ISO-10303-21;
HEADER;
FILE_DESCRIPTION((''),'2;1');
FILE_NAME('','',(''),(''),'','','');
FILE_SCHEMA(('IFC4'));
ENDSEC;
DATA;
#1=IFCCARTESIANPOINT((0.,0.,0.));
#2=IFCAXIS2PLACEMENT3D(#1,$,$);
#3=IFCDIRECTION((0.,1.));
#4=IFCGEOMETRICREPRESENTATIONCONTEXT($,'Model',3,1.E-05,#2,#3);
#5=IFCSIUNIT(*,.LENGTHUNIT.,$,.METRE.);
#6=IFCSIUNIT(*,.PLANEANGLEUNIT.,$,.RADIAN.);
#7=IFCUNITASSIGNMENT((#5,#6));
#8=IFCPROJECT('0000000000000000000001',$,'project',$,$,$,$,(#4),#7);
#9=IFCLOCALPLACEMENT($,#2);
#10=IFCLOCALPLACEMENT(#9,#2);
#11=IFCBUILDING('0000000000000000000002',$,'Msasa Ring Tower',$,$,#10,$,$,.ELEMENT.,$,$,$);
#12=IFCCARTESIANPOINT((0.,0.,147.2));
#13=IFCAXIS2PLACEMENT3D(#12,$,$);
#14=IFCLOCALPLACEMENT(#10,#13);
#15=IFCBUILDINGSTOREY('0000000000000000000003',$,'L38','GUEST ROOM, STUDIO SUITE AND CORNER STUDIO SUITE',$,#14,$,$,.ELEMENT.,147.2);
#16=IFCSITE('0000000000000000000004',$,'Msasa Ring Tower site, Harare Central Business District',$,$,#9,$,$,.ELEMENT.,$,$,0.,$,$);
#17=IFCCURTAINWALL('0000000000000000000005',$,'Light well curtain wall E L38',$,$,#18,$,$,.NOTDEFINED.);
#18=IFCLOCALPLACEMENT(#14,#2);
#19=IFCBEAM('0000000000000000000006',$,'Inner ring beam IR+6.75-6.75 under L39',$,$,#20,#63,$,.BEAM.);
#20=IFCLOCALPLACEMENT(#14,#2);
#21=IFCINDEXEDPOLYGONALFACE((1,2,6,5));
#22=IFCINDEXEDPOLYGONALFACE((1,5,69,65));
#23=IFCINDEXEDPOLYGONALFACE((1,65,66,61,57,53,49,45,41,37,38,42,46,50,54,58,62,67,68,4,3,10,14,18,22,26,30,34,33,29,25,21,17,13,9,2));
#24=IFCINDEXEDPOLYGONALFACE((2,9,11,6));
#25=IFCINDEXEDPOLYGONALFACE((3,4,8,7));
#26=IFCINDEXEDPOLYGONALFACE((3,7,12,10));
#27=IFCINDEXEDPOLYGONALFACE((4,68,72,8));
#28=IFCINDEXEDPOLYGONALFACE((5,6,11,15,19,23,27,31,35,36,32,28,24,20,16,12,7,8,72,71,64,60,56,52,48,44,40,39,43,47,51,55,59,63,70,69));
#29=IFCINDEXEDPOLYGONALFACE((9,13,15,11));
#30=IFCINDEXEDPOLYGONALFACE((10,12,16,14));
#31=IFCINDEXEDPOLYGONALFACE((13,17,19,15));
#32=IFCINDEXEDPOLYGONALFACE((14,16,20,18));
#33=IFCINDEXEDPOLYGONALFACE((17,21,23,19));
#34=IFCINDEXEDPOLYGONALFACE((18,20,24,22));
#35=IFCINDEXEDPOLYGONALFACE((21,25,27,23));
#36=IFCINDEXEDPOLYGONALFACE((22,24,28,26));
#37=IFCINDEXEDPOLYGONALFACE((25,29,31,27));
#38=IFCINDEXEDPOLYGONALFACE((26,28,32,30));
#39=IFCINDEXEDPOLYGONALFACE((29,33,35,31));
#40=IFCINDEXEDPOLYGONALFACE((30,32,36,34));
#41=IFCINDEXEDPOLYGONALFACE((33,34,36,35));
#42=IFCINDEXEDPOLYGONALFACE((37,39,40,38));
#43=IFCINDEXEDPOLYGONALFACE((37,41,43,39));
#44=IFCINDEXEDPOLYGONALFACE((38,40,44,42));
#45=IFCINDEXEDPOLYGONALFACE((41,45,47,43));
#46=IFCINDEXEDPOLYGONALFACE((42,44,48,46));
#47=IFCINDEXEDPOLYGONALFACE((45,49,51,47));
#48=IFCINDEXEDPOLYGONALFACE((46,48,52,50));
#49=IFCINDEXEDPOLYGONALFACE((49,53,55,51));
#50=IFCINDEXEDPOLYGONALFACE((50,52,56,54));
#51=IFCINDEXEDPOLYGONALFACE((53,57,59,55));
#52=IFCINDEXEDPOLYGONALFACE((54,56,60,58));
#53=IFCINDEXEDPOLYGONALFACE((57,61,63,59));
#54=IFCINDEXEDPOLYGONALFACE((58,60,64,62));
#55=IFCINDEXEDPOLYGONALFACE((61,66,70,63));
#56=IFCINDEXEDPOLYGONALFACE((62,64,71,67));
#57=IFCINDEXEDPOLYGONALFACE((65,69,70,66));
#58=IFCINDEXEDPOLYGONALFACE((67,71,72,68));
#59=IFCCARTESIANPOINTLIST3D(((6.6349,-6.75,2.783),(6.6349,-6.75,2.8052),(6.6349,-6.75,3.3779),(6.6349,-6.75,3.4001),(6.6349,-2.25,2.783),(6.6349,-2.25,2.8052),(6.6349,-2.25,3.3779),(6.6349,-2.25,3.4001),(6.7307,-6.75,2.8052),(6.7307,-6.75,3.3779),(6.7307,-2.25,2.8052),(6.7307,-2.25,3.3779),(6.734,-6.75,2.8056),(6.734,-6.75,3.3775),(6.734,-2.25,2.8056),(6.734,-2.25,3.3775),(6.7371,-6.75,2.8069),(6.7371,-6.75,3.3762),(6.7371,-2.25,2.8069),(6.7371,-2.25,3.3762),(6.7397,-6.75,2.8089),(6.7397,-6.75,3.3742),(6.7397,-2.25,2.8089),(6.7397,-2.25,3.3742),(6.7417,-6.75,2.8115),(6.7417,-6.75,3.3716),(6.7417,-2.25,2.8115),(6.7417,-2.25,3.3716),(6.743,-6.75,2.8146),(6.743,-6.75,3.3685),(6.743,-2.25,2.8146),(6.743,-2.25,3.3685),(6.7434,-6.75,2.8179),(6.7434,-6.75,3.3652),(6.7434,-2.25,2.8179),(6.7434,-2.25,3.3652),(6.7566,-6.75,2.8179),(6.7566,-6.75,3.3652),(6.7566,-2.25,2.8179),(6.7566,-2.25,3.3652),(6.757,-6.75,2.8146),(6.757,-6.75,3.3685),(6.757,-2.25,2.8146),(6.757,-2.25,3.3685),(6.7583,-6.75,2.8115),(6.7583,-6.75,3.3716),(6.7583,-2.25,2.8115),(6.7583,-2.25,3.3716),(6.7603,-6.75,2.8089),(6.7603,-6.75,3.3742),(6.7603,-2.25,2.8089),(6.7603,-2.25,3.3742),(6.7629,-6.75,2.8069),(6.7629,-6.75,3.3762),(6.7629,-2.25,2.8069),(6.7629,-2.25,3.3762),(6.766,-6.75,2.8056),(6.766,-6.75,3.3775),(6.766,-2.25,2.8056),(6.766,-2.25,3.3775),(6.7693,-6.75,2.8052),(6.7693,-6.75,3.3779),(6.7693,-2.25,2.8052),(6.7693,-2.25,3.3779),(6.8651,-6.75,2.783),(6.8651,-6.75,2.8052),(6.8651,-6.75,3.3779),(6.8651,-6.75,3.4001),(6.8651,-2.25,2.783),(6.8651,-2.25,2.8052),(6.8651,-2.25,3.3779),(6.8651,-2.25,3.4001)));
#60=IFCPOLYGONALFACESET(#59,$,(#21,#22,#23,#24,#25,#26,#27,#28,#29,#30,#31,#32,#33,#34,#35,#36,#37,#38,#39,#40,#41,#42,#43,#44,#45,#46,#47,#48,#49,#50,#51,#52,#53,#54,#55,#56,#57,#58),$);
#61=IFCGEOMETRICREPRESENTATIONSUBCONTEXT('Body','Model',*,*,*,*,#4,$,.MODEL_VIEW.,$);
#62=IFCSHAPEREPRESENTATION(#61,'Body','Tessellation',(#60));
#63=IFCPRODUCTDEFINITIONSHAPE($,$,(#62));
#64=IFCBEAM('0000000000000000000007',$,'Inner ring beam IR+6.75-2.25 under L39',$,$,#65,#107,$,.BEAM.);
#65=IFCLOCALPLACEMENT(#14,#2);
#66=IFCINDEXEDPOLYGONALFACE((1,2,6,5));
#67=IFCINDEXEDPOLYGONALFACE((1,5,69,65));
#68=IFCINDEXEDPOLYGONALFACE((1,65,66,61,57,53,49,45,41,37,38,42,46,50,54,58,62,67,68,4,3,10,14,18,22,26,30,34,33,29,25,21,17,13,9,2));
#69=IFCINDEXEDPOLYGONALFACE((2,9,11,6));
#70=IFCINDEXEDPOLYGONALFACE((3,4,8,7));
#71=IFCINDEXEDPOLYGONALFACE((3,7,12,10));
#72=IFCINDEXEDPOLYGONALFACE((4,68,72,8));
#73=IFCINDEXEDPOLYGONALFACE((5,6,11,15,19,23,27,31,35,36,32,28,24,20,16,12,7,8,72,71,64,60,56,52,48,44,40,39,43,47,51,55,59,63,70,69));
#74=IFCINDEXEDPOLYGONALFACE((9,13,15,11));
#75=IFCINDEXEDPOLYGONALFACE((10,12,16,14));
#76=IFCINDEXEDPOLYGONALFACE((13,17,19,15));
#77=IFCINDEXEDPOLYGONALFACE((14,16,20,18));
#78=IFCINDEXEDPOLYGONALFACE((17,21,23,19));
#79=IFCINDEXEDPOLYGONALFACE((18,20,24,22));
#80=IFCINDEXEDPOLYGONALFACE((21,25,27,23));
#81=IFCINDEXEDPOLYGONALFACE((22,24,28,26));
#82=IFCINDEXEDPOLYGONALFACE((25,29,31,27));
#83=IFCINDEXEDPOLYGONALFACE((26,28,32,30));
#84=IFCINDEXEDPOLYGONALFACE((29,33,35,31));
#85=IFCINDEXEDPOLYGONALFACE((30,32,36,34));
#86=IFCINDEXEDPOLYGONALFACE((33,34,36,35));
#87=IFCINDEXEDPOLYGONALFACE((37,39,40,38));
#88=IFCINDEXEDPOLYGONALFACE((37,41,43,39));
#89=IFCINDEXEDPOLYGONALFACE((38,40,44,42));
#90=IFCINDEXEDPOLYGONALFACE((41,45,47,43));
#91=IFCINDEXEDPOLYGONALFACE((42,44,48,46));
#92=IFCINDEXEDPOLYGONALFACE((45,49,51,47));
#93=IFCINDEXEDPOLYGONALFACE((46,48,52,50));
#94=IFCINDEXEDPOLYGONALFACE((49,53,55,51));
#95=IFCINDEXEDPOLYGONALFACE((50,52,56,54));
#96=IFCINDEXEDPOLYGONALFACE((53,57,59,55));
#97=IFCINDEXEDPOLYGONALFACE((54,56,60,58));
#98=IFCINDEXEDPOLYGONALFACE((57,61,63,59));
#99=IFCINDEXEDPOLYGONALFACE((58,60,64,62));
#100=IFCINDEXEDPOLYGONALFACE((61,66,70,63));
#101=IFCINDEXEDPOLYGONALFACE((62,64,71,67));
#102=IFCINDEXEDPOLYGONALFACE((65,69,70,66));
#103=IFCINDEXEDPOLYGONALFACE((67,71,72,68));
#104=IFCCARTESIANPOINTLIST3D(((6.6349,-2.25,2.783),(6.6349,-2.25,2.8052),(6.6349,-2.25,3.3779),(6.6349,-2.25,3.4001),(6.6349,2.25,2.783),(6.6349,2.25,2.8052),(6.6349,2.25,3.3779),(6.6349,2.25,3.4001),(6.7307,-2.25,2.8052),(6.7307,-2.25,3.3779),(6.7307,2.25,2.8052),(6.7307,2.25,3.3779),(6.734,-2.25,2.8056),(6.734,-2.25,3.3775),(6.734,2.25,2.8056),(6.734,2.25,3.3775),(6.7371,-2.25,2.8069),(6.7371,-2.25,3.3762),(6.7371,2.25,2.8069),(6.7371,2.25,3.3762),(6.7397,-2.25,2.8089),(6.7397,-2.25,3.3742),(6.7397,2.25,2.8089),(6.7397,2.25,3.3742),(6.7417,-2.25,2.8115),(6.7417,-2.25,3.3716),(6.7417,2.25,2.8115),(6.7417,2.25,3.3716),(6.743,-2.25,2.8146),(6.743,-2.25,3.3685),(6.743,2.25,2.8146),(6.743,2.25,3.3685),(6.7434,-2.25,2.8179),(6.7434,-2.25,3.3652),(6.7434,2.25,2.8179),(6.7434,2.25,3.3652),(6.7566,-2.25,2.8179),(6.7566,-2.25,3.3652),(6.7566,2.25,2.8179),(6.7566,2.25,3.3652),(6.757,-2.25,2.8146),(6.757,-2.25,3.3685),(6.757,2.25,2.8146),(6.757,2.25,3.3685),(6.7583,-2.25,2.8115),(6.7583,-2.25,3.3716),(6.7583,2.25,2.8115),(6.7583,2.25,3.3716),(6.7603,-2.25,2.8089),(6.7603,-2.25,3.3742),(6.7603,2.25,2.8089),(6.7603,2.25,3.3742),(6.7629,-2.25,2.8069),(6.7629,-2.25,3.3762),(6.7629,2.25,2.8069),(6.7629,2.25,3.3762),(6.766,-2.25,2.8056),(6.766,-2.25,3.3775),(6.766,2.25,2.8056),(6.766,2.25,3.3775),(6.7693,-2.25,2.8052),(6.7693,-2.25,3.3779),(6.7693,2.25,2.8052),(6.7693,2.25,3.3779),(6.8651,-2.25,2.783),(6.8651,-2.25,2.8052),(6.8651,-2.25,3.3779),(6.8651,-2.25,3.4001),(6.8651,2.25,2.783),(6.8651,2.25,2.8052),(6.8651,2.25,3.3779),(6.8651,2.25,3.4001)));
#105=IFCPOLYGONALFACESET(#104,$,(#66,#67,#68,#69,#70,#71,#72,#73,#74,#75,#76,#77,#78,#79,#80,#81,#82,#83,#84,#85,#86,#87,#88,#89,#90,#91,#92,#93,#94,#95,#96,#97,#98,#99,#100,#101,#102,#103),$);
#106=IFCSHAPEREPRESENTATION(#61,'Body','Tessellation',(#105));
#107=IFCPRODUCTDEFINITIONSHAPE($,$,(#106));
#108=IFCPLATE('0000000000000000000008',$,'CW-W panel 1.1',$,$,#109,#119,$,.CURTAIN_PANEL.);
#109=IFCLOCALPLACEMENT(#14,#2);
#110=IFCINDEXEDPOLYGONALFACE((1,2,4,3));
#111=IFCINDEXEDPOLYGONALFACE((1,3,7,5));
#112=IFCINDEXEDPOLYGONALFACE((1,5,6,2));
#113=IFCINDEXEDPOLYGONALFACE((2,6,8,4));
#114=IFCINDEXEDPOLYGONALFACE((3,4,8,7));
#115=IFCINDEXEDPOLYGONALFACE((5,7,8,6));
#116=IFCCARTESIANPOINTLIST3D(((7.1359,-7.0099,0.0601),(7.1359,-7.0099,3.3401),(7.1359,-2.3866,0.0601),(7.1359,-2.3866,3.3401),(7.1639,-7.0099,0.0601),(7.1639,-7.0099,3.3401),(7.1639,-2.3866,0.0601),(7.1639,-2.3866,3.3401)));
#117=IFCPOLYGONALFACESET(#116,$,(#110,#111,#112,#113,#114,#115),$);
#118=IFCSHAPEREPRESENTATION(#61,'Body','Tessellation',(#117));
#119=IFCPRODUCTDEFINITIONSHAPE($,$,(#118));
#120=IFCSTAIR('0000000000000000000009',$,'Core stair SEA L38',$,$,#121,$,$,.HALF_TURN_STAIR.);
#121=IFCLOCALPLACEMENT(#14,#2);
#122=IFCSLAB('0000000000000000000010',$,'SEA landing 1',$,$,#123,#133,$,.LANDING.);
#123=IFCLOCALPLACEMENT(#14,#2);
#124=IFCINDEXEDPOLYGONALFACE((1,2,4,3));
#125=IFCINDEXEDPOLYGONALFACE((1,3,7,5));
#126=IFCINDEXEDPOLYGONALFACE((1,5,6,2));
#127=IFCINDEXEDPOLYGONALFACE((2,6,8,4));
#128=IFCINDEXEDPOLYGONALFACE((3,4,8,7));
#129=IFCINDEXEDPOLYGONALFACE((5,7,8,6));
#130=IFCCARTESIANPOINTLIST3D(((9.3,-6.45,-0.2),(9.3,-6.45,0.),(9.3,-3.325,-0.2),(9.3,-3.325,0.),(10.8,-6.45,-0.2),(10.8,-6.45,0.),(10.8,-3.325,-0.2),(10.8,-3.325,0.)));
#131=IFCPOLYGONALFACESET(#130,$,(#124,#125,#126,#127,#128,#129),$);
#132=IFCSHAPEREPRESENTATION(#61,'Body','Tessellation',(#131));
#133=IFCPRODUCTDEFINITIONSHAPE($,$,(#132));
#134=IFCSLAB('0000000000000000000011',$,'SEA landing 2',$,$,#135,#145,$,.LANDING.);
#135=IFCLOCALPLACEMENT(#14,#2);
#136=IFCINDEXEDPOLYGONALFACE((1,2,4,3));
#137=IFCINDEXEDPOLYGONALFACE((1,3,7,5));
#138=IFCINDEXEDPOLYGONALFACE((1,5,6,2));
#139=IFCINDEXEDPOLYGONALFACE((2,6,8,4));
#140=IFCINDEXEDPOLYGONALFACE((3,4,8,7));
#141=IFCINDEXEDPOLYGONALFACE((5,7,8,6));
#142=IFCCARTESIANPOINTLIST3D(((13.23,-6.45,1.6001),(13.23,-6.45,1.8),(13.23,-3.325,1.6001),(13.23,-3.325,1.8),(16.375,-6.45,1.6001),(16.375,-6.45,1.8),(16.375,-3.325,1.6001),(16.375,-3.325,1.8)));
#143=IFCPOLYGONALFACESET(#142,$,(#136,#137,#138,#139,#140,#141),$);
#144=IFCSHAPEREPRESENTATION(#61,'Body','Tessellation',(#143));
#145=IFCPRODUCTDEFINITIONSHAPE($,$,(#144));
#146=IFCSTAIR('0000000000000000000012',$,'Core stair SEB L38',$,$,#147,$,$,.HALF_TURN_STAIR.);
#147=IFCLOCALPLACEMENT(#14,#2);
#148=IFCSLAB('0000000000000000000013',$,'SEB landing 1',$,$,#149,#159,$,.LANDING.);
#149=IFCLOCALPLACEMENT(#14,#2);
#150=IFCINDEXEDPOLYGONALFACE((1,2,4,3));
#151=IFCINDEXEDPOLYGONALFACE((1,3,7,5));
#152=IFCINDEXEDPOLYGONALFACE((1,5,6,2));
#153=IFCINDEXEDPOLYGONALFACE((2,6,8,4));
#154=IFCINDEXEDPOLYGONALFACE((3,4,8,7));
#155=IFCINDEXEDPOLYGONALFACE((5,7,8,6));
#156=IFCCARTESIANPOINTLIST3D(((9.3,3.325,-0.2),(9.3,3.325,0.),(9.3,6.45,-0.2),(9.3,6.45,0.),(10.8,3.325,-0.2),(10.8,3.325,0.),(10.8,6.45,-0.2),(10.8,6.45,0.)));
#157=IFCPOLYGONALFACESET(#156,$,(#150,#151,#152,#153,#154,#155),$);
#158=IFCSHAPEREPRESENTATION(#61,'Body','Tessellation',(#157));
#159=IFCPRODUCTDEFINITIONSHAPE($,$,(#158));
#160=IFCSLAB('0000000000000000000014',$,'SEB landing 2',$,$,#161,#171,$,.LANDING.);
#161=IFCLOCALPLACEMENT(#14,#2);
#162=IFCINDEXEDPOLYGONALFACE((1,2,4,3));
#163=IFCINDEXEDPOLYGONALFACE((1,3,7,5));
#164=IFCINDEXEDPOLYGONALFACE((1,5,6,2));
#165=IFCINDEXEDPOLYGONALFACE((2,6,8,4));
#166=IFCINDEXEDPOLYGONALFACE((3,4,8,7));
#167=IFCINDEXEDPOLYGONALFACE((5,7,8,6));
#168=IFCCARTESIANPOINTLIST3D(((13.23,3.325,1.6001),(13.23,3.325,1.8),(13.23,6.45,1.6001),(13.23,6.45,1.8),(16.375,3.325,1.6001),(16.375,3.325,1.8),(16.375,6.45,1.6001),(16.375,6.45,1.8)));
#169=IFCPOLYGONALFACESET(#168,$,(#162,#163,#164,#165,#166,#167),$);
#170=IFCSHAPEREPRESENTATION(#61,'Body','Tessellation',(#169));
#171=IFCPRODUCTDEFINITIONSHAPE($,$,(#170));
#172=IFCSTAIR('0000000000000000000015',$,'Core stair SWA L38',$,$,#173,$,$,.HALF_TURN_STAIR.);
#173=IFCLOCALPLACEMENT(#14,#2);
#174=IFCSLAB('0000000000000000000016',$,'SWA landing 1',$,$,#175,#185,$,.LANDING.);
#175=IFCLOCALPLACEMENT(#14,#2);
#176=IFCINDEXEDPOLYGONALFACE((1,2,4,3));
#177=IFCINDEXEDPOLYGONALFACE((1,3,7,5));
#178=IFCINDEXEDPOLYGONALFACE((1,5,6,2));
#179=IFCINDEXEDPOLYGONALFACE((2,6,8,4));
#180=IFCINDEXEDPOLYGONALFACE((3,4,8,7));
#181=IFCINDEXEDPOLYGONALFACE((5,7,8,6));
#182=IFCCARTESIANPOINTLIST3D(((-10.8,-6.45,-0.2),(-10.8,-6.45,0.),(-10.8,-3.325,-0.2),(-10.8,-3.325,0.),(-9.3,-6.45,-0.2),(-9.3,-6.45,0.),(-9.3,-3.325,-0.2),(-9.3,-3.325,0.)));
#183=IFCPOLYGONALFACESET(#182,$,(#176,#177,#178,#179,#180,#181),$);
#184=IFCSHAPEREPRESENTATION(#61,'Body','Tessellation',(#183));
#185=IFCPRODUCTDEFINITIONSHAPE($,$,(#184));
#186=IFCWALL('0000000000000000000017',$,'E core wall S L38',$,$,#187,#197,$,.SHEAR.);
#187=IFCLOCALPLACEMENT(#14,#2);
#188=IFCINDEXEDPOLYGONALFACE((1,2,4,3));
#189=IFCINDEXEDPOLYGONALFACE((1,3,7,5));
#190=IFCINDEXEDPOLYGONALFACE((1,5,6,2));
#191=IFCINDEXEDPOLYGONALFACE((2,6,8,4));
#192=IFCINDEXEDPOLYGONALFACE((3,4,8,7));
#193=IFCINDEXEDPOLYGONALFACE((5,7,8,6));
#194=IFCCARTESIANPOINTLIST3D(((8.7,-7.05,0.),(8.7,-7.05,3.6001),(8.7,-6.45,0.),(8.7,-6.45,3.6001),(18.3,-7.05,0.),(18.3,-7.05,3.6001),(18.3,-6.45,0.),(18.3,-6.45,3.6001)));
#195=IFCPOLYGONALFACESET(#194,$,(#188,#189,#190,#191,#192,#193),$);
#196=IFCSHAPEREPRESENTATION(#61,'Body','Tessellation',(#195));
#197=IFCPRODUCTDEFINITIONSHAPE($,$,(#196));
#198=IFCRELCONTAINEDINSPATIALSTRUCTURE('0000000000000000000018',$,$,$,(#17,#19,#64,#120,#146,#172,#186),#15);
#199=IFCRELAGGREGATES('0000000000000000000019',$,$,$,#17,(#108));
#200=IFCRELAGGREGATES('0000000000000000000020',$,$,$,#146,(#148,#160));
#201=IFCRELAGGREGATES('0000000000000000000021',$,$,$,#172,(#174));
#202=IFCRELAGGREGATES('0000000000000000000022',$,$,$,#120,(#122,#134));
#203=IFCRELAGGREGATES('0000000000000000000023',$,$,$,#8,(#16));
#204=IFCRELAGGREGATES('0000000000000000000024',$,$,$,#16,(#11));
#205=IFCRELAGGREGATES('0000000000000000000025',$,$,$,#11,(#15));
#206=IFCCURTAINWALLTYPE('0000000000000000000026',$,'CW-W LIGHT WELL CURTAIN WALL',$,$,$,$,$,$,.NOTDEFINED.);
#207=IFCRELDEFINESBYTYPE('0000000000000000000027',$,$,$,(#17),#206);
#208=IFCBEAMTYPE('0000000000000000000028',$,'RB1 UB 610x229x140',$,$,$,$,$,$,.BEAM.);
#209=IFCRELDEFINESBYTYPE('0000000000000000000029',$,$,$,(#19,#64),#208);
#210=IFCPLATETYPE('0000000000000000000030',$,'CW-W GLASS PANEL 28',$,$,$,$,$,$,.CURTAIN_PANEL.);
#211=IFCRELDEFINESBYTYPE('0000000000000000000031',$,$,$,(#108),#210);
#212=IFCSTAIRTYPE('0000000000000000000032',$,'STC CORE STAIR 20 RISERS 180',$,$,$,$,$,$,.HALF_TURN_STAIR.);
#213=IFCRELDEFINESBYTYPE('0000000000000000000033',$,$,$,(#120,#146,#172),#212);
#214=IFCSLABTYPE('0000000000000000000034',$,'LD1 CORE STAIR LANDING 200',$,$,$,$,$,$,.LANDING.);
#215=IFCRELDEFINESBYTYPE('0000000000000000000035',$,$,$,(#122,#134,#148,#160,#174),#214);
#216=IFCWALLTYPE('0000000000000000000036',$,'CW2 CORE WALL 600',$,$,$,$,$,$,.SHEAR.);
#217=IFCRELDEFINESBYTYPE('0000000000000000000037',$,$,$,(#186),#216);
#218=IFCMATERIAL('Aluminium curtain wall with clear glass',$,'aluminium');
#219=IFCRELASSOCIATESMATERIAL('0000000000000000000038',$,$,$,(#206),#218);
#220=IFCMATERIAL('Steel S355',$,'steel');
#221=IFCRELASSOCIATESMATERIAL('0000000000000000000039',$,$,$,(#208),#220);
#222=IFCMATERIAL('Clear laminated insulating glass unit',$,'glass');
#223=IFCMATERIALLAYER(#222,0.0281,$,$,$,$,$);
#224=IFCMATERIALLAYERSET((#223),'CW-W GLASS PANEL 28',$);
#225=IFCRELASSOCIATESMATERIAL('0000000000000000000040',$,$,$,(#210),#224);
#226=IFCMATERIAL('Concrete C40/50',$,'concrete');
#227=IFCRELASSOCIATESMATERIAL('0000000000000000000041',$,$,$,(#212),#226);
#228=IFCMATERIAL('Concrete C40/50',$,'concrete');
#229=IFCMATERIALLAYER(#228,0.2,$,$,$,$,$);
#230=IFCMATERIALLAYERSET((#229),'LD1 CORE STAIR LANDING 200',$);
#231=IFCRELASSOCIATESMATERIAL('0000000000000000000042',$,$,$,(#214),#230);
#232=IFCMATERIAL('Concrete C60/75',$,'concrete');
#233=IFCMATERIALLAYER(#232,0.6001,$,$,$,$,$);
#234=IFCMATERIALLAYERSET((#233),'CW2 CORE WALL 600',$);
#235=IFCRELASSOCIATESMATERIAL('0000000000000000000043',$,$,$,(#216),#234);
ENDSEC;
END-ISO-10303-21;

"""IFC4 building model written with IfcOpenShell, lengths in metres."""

from ifc_helpers import new_model, si_unit, direction, frame, frame_2d, origin, origin_2d, place, context, subcontext, project, spatial, polyline, rectangle, i_section, outline, extrude, material, layer, layer_set, material_profile, profile_set, type_object, element, aggregate, save


model = new_model("IFC4")

# Units and contexts
model_context = context("Model", 3, precision=1e-05, world=origin(), true_north=direction((0.0, 1.0)))
body_context = subcontext(model_context, "Body", "Model", "MODEL_VIEW")
ifc_project = project(units=[si_unit("LENGTHUNIT", "METRE"), si_unit("PLANEANGLEUNIT", "RADIAN")], contexts=[model_context])

# Site, building, storey
site_placement = place(None, origin())
site = spatial("IfcSite", under=ifc_project, at=site_placement, Name="Msasa Ring Tower site, Harare Central Business District", CompositionType="ELEMENT", RefElevation=0.0)
building_placement = place(site_placement, origin())
building = spatial("IfcBuilding", under=site, at=building_placement, Name="Msasa Ring Tower", CompositionType="ELEMENT")
storey_placement = place(building_placement, frame((0.0, 0.0, 147.2)))
storey = spatial("IfcBuildingStorey", under=building, at=storey_placement, Name="L38", Description="GUEST ROOM, STUDIO SUITE AND CORNER STUDIO SUITE", CompositionType="ELEMENT", Elevation=147.2)

# Curtain wall
ifc_material_1 = material(Name="Aluminium curtain wall with clear glass", Category="aluminium")
curtain_wall_type = type_object("IfcCurtainWallType", Name="CW-W LIGHT WELL CURTAIN WALL", PredefinedType="NOTDEFINED", material=ifc_material_1)
curtain_wall_placement = place(storey_placement, origin())
curtain_wall = element("IfcCurtainWall", 1, at=curtain_wall_placement, inside=storey, type_object=curtain_wall_type, Name="Light well curtain wall E L38", PredefinedType="NOTDEFINED")

# Beams
ifc_material_2 = material(Name="Steel S355", Category="steel")
ifc_material_profile_1 = material_profile(ifc_material_2, i_section(OverallWidth=0.2302, OverallDepth=0.6172, WebThickness=0.0132, FlangeThickness=0.0222, FilletRadius=0.0127, at=origin_2d()), Name="UB 610x229x140")
ifc_profile_set_1 = profile_set([ifc_material_profile_1], Name="Steel S355")
beam_type = type_object("IfcBeamType", Name="RB1 UB 610x229x140", PredefinedType="BEAM", material=ifc_profile_set_1)
for number, where, z_axis, x_axis, name in (
    (2, (6.75, -6.75, 3.0916), (0.0, 1.0, 0.0), (-1.0, 0.0, 0.0), "Inner ring beam IR+6.75-6.75 under L39"),
    (3, (6.75, -2.25, 3.0916), (0.0, 1.0, 0.0), (-1.0, 0.0, 0.0), "Inner ring beam IR+6.75-2.25 under L39"),
):
    element("IfcBeam", number, at=place(storey_placement, frame(where, z_axis=z_axis, x_axis=x_axis)), inside=storey, type_object=beam_type, Name=name, PredefinedType="BEAM", context=body_context, shape_type="SweptSolid", body=[
        extrude(i_section(OverallWidth=0.2302, OverallDepth=0.6172, WebThickness=0.0132, FlangeThickness=0.0222, FilletRadius=0.0127, at=origin_2d()), origin(), (0.0, 0.0, 1.0), 4.5),
    ])

# Plate
ifc_material_3 = material(Name="Clear laminated insulating glass unit", Category="glass")
ifc_layer_1 = layer(ifc_material_3, 0.0281)
ifc_layer_set_1 = layer_set([ifc_layer_1], Name="CW-W GLASS PANEL 28")
plate_type = type_object("IfcPlateType", Name="CW-W GLASS PANEL 28", PredefinedType="CURTAIN_PANEL", material=ifc_layer_set_1)
plate_placement = place(storey_placement, frame((7.1499, -4.6982, 0.0601), z_axis=(0.0, 0.0, 1.0), x_axis=(0.0, 1.0, 0.0)))
plate = element("IfcPlate", 4, at=plate_placement, type_object=plate_type, Name="CW-W panel 1.1", PredefinedType="CURTAIN_PANEL", context=body_context, shape_type="SweptSolid", body=[
    extrude(rectangle(XDim=4.6233, YDim=0.0281, at=origin_2d()), origin(), (0.0, 0.0, 1.0), 3.28),
])
aggregate(curtain_wall, [plate])

# Stairs, slabs
ifc_material_4 = material(Name="Concrete C40/50", Category="concrete")
stair_type = type_object("IfcStairType", Name="STC CORE STAIR 20 RISERS 180", PredefinedType="HALF_TURN_STAIR", material=ifc_material_4)
stair_1_placement = place(storey_placement, origin())
stair_1 = element("IfcStair", 5, at=stair_1_placement, inside=storey, type_object=stair_type, Name="Core stair SEA L38", PredefinedType="HALF_TURN_STAIR")
ifc_material_5 = material(Name="Concrete C40/50", Category="concrete")
ifc_layer_2 = layer(ifc_material_5, 0.2)
ifc_layer_set_2 = layer_set([ifc_layer_2], Name="LD1 CORE STAIR LANDING 200")
slab_type = type_object("IfcSlabType", Name="LD1 CORE STAIR LANDING 200", PredefinedType="LANDING", material=ifc_layer_set_2)
slab_1_placement = place(storey_placement, frame((0.0, 0.0, -0.2)))
slab_1 = element("IfcSlab", 6, at=slab_1_placement, type_object=slab_type, Name="SEA landing 1", PredefinedType="LANDING", context=body_context, shape_type="SweptSolid", body=[
    extrude(outline(polyline([(9.3, -6.45), (10.8, -6.45), (10.8, -3.325), (9.3, -3.325), (9.3, -6.45)])), origin(), (0.0, 0.0, 1.0), 0.2),
])
slab_2_placement = place(storey_placement, frame((0.0, 0.0, 1.6001)))
slab_2 = element("IfcSlab", 7, at=slab_2_placement, type_object=slab_type, Name="SEA landing 2", PredefinedType="LANDING", context=body_context, shape_type="SweptSolid", body=[
    extrude(outline(polyline([(13.23, -6.45), (16.375, -6.45), (16.375, -3.325), (13.23, -3.325), (13.23, -6.45)])), origin(), (0.0, 0.0, 1.0), 0.2),
])
stair_2_placement = place(storey_placement, origin())
stair_2 = element("IfcStair", 8, at=stair_2_placement, inside=storey, type_object=stair_type, Name="Core stair SEB L38", PredefinedType="HALF_TURN_STAIR")
slab_3_placement = place(storey_placement, frame((0.0, 0.0, -0.2)))
slab_3 = element("IfcSlab", 9, at=slab_3_placement, type_object=slab_type, Name="SEB landing 1", PredefinedType="LANDING", context=body_context, shape_type="SweptSolid", body=[
    extrude(outline(polyline([(9.3, 3.325), (10.8, 3.325), (10.8, 6.45), (9.3, 6.45), (9.3, 3.325)])), origin(), (0.0, 0.0, 1.0), 0.2),
])
slab_4_placement = place(storey_placement, frame((0.0, 0.0, 1.6001)))
slab_4 = element("IfcSlab", 10, at=slab_4_placement, type_object=slab_type, Name="SEB landing 2", PredefinedType="LANDING", context=body_context, shape_type="SweptSolid", body=[
    extrude(outline(polyline([(13.23, 3.325), (16.375, 3.325), (16.375, 6.45), (13.23, 6.45), (13.23, 3.325)])), origin(), (0.0, 0.0, 1.0), 0.2),
])
aggregate(stair_2, [slab_3, slab_4])

# Stair, slab
stair_3_placement = place(storey_placement, origin())
stair_3 = element("IfcStair", 11, at=stair_3_placement, inside=storey, type_object=stair_type, Name="Core stair SWA L38", PredefinedType="HALF_TURN_STAIR")
slab_5_placement = place(storey_placement, frame((0.0, 0.0, -0.2)))
slab_5 = element("IfcSlab", 12, at=slab_5_placement, type_object=slab_type, Name="SWA landing 1", PredefinedType="LANDING", context=body_context, shape_type="SweptSolid", body=[
    extrude(outline(polyline([(-10.8, -6.45), (-9.3, -6.45), (-9.3, -3.325), (-10.8, -3.325), (-10.8, -6.45)])), origin(), (0.0, 0.0, 1.0), 0.2),
])
aggregate(stair_3, [slab_5])

# Wall
ifc_material_6 = material(Name="Concrete C60/75", Category="concrete")
ifc_layer_3 = layer(ifc_material_6, 0.6001)
ifc_layer_set_3 = layer_set([ifc_layer_3], Name="CW2 CORE WALL 600")
wall_type_1 = type_object("IfcWallType", Name="CW2 CORE WALL 600", PredefinedType="SHEAR", material=ifc_layer_set_3)
wall_1_placement = place(storey_placement, frame((8.7, -6.75, 0.0), z_axis=(0.0, 0.0, 1.0), x_axis=(1.0, 0.0, 0.0)))
element("IfcWall", 13, at=wall_1_placement, inside=storey, type_object=wall_type_1, Name="E core wall S L38", PredefinedType="SHEAR", context=body_context, shape_type="SweptSolid", body=[
    extrude(rectangle(XDim=9.6001, YDim=0.6001, at=frame_2d((4.8, 0.0))), origin(), (0.0, 0.0, 1.0), 3.6001),
])

aggregate(stair_1, [slab_1, slab_2])

save(model, "model.ifc")
